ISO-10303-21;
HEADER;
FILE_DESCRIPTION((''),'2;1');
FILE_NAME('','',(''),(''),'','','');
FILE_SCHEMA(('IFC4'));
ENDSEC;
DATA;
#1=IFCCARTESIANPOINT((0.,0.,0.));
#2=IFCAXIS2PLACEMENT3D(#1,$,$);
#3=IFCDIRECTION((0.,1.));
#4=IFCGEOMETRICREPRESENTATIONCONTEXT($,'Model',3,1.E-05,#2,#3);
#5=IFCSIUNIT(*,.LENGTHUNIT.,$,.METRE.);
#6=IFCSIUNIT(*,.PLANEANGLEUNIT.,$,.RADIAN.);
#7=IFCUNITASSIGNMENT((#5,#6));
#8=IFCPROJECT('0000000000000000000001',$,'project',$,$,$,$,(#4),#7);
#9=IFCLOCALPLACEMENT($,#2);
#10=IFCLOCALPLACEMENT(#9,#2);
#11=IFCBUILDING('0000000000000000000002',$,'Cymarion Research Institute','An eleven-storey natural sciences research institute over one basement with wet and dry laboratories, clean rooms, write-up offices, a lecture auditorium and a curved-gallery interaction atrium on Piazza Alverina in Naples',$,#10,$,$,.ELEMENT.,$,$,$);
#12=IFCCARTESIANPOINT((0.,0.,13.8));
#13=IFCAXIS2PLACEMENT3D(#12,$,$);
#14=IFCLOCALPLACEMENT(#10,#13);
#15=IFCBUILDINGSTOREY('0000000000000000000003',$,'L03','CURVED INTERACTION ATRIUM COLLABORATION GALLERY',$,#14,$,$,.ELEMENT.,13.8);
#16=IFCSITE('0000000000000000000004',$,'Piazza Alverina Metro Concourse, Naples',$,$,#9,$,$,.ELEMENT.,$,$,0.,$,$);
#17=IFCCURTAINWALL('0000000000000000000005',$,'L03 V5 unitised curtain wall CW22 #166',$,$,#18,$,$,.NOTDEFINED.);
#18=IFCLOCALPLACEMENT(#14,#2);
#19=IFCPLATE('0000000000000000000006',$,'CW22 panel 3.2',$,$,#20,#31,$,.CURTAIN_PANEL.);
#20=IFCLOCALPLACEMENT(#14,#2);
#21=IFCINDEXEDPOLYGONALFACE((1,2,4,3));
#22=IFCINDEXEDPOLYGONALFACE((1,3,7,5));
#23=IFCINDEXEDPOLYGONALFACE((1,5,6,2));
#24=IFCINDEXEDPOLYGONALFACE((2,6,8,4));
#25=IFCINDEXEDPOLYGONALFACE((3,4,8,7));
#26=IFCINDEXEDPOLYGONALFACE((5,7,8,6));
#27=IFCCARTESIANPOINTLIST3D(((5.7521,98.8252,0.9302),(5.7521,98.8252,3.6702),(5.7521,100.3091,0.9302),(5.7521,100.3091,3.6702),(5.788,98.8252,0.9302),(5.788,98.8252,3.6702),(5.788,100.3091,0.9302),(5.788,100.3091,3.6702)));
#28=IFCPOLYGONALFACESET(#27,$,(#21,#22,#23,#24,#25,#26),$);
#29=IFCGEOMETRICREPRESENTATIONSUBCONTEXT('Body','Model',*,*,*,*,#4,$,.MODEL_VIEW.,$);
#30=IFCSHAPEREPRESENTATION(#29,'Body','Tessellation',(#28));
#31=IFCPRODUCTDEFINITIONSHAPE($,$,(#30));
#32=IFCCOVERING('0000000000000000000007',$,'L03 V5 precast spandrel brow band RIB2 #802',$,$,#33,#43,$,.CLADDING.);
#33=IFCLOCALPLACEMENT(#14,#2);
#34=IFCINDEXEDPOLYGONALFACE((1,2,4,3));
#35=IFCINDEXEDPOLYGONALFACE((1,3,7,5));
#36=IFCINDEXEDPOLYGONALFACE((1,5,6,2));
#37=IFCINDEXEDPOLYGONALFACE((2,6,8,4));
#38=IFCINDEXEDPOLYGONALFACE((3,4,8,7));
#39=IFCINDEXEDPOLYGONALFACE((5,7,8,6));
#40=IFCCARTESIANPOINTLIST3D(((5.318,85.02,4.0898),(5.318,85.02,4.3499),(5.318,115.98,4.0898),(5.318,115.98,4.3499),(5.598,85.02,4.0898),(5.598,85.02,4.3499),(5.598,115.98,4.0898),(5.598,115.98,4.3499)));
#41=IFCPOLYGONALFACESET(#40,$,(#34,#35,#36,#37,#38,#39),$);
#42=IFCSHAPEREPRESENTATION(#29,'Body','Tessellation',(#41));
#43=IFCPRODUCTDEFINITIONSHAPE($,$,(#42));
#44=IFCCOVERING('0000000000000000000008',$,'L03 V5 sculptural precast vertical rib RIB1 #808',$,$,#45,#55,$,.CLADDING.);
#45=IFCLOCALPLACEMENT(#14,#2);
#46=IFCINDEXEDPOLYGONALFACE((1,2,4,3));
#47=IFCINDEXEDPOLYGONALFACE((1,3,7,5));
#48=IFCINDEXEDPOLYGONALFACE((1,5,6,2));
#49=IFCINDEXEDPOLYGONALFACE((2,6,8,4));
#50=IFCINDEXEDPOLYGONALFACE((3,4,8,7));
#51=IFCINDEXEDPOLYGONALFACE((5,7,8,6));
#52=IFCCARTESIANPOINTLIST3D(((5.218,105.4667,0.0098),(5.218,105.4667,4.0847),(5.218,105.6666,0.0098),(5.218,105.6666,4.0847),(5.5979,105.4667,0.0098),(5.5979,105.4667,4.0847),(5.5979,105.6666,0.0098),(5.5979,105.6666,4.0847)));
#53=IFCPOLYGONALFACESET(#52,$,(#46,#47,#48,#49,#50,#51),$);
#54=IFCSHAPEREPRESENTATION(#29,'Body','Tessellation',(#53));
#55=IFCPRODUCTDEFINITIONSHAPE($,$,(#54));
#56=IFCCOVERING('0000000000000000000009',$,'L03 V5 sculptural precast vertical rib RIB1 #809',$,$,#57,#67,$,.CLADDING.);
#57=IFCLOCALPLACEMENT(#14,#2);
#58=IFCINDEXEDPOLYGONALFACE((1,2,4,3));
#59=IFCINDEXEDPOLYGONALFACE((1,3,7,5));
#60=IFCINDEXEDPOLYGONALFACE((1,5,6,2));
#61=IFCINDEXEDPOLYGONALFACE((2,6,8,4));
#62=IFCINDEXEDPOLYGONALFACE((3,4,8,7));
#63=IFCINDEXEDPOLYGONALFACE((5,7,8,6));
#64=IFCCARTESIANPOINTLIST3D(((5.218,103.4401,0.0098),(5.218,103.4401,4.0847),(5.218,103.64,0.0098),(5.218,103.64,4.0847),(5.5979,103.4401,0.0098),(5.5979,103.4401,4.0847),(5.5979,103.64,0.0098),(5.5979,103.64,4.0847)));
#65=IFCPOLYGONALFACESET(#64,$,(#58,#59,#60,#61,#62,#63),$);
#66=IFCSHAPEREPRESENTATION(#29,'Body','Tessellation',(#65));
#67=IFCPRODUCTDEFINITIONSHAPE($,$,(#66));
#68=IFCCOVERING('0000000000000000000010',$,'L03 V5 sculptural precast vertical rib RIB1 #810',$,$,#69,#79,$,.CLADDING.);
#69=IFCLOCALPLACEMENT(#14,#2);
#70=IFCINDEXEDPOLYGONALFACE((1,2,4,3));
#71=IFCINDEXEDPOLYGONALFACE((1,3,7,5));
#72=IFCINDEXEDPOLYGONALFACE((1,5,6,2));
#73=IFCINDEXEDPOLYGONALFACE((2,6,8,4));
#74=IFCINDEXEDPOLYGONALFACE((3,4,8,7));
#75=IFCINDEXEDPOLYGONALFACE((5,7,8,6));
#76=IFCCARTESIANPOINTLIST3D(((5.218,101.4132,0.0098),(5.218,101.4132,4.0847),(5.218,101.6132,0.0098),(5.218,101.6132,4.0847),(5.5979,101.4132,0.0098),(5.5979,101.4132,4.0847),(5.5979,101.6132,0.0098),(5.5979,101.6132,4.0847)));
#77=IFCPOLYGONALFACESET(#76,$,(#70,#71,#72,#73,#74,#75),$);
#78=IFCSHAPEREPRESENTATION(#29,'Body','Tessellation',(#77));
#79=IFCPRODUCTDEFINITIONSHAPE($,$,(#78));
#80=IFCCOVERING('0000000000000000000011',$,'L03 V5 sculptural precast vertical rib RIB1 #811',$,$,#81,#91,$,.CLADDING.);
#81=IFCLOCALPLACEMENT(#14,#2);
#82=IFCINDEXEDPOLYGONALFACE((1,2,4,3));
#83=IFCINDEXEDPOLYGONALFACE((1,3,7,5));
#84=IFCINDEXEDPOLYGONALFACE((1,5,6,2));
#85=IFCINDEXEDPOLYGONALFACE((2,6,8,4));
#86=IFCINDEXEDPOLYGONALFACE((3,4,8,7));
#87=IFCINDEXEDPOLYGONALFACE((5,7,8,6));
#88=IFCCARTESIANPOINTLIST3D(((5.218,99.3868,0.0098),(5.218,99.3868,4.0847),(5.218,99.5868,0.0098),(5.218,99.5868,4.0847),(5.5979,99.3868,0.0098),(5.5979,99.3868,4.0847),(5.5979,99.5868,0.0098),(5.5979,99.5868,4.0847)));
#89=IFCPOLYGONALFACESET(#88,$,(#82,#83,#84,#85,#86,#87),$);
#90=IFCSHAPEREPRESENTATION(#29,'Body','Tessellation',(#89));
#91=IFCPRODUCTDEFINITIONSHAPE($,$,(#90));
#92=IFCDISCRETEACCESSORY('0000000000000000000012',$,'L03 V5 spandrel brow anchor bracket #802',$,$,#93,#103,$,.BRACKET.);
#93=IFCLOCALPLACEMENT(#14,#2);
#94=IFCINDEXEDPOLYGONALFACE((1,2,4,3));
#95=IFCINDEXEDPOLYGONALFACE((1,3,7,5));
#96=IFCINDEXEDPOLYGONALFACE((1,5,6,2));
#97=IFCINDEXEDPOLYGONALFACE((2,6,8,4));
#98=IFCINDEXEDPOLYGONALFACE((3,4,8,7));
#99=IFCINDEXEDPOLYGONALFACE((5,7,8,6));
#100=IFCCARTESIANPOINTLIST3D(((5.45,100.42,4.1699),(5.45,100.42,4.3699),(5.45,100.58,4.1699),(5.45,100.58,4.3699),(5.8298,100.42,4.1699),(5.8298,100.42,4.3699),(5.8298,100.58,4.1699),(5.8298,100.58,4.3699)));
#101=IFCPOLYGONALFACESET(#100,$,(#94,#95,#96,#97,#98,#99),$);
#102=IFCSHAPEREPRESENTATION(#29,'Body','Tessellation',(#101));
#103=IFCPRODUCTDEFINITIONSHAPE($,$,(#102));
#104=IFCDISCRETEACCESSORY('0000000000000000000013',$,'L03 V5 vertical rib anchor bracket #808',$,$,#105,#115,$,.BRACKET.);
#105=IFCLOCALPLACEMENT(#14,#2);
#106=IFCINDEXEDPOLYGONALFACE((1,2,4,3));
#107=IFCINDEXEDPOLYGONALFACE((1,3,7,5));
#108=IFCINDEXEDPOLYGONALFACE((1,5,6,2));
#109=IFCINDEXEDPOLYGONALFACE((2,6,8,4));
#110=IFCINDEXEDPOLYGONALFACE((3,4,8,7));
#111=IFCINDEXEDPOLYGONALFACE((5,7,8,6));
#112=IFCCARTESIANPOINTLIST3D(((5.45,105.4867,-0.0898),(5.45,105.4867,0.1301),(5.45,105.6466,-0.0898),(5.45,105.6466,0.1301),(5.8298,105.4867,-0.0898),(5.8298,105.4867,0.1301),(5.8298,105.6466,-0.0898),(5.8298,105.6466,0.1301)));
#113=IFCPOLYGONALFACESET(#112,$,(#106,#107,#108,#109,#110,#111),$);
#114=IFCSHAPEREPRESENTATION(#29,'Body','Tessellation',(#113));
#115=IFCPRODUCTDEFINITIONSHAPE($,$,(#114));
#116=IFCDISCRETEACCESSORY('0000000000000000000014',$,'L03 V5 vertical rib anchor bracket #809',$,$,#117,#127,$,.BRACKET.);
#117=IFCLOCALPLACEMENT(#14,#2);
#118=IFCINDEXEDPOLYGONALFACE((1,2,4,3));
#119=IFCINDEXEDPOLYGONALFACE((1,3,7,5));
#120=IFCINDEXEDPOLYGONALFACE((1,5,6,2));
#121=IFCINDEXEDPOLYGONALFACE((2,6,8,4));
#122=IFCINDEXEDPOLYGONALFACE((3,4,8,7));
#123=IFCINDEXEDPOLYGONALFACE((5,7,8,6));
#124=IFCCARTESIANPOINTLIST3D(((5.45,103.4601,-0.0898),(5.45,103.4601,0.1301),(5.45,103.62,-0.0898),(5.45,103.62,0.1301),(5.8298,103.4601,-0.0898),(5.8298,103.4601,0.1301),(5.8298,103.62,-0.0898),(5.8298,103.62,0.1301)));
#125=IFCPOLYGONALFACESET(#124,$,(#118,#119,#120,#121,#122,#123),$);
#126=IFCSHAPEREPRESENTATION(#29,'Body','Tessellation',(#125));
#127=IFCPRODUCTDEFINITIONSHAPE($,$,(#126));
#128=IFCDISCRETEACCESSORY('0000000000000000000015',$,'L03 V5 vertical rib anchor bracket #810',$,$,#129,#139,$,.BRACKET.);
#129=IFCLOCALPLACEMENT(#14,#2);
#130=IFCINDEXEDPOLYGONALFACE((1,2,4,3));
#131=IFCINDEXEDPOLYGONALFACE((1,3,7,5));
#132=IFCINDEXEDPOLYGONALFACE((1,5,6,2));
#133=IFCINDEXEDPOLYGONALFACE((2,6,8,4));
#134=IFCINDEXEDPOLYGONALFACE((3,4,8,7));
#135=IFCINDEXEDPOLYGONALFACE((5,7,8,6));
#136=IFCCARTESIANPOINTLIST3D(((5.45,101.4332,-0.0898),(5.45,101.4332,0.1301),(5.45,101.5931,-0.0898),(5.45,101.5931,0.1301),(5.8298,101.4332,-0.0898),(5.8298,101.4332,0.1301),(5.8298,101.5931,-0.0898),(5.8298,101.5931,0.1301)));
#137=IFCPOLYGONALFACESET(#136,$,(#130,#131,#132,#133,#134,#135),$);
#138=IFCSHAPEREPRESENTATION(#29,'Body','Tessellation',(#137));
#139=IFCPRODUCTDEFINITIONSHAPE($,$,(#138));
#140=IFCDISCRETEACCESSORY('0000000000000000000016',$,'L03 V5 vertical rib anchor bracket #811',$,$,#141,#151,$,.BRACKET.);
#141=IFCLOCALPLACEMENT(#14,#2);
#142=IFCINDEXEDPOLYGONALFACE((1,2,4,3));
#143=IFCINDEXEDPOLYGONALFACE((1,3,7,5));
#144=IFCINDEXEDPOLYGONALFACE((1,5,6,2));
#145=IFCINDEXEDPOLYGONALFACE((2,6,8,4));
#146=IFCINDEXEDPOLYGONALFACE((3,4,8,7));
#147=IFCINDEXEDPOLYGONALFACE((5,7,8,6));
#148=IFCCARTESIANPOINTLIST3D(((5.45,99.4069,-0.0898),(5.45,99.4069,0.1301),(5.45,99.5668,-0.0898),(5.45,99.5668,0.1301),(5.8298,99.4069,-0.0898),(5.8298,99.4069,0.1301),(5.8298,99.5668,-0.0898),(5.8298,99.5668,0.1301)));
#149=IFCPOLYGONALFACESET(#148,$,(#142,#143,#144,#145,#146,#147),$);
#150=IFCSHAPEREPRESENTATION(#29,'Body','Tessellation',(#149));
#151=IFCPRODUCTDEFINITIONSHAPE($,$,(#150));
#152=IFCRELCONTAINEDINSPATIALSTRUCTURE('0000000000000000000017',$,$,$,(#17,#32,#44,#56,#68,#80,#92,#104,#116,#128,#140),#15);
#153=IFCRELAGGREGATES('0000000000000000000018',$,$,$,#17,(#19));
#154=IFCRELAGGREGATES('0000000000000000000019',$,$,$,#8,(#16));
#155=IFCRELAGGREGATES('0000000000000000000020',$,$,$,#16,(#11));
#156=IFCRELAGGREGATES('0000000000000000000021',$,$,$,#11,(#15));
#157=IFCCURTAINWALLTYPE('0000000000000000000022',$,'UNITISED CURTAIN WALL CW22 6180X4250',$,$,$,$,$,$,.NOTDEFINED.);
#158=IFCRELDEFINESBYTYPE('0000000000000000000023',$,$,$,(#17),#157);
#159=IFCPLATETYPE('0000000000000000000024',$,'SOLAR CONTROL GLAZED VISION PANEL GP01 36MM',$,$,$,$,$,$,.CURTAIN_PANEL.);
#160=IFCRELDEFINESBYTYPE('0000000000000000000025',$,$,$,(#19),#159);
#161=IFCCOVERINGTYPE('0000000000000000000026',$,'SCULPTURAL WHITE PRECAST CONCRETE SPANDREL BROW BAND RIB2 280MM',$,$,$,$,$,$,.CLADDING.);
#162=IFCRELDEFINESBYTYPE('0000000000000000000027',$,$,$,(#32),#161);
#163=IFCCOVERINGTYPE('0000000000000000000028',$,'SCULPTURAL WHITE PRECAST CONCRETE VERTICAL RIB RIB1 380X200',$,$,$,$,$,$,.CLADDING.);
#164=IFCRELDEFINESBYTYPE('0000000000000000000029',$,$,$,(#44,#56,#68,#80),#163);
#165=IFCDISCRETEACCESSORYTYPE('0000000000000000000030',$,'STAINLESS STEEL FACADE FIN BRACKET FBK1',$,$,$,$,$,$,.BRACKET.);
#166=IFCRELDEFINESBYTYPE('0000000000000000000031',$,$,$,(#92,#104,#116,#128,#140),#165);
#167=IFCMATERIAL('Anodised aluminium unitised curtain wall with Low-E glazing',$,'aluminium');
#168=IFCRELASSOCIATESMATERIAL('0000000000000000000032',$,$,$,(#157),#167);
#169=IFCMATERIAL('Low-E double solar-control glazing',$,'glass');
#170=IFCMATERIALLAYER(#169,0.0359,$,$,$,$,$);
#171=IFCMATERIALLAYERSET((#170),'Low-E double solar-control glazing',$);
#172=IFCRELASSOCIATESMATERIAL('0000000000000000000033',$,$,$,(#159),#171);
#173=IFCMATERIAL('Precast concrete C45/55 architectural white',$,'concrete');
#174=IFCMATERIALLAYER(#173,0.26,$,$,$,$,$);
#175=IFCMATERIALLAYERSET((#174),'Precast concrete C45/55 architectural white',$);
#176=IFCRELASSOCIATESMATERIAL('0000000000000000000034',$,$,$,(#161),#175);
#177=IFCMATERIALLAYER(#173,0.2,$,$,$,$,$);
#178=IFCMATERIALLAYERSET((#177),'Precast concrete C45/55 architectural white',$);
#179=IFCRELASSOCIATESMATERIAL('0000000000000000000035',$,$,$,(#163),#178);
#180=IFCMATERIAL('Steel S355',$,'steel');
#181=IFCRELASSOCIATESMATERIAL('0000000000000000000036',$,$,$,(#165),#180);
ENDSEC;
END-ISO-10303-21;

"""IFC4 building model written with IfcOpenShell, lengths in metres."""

from ifc_helpers import new_model, si_unit, direction, frame, origin, origin_2d, place, context, subcontext, project, spatial, rectangle, extrude, material, layer, layer_set, type_object, element, aggregate, save


model = new_model("IFC4")

# Units and contexts
model_context = context("Model", 3, precision=1e-05, world=origin(), true_north=direction((0.0, 1.0)))
body_context = subcontext(model_context, "Body", "Model", "MODEL_VIEW")
ifc_project = project(units=[si_unit("LENGTHUNIT", "METRE"), si_unit("PLANEANGLEUNIT", "RADIAN")], contexts=[model_context])

# Site, building, storey
site_placement = place(None, origin())
site = spatial("IfcSite", under=ifc_project, at=site_placement, Name="Piazza Alverina Metro Concourse, Naples", CompositionType="ELEMENT", RefElevation=0.0)
building_placement = place(site_placement, origin())
building = spatial("IfcBuilding", under=site, at=building_placement, Name="Cymarion Research Institute", Description="An eleven-storey natural sciences research institute over one basement with wet and dry laboratories, clean rooms, write-up offices, a lecture auditorium and a curved-gallery interaction atrium on Piazza Alverina in Naples", CompositionType="ELEMENT")
storey_placement = place(building_placement, frame((0.0, 0.0, 13.8)))
storey = spatial("IfcBuildingStorey", under=building, at=storey_placement, Name="L03", Description="CURVED INTERACTION ATRIUM COLLABORATION GALLERY", CompositionType="ELEMENT", Elevation=13.8)

# Curtain wall, plate
ifc_material_1 = material(Name="Anodised aluminium unitised curtain wall with Low-E glazing", Category="aluminium")
curtain_wall_type = type_object("IfcCurtainWallType", Name="UNITISED CURTAIN WALL CW22 6180X4250", PredefinedType="NOTDEFINED", material=ifc_material_1)
curtain_wall_placement = place(storey_placement, origin())
curtain_wall = element("IfcCurtainWall", 1, at=curtain_wall_placement, inside=storey, type_object=curtain_wall_type, Name="L03 V5 unitised curtain wall CW22 #166", PredefinedType="NOTDEFINED")
ifc_material_2 = material(Name="Low-E double solar-control glazing", Category="glass")
ifc_layer_1 = layer(ifc_material_2, 0.0359)
ifc_layer_set_1 = layer_set([ifc_layer_1], Name="Low-E double solar-control glazing")
plate_type_1 = type_object("IfcPlateType", Name="SOLAR CONTROL GLAZED VISION PANEL GP01 36MM", PredefinedType="CURTAIN_PANEL", material=ifc_layer_set_1)
plate_1_placement = place(storey_placement, frame((5.77, 99.5671, 0.9302), z_axis=(0.0, 0.0, 1.0), x_axis=(0.0, -1.0, 0.0)))
plate_1 = element("IfcPlate", 2, at=plate_1_placement, type_object=plate_type_1, Name="CW22 panel 3.2", PredefinedType="CURTAIN_PANEL", context=body_context, shape_type="SweptSolid", body=[
    extrude(rectangle(XDim=1.4839, YDim=0.0359, at=origin_2d()), origin(), (0.0, 0.0, 1.0), 2.74),
])
aggregate(curtain_wall, [plate_1])

# Coverings
ifc_material_3 = material(Name="Precast concrete C45/55 architectural white", Category="concrete")
ifc_layer_2 = layer(ifc_material_3, 0.26)
ifc_layer_set_2 = layer_set([ifc_layer_2], Name="Precast concrete C45/55 architectural white")
covering_type_1 = type_object("IfcCoveringType", Name="SCULPTURAL WHITE PRECAST CONCRETE SPANDREL BROW BAND RIB2 280MM", PredefinedType="CLADDING", material=ifc_layer_set_2)
covering_placement = place(storey_placement, frame((5.458, 100.5, 4.0898), z_axis=(0.0, 0.0, 1.0), x_axis=(-1.0, 0.0, 0.0)))
element("IfcCovering", 3, at=covering_placement, inside=storey, type_object=covering_type_1, Name="L03 V5 precast spandrel brow band RIB2 #802", PredefinedType="CLADDING", context=body_context, shape_type="SweptSolid", body=[
    extrude(rectangle(XDim=0.28, YDim=30.96, at=origin_2d()), origin(), (0.0, 0.0, 1.0), 0.26),
])
ifc_layer_3 = layer(ifc_material_3, 0.2)
ifc_layer_set_3 = layer_set([ifc_layer_3], Name="Precast concrete C45/55 architectural white")
covering_type_2 = type_object("IfcCoveringType", Name="SCULPTURAL WHITE PRECAST CONCRETE VERTICAL RIB RIB1 380X200", PredefinedType="CLADDING", material=ifc_layer_set_3)
for number, where, z_axis, x_axis, name in (
    (4, (5.408, 105.5667, 0.0098), (0.0, 0.0, 1.0), (-1.0, 0.0, 0.0), "L03 V5 sculptural precast vertical rib RIB1 #808"),
    (5, (5.408, 103.54, 0.0098), (0.0, 0.0, 1.0), (-1.0, 0.0, 0.0), "L03 V5 sculptural precast vertical rib RIB1 #809"),
    (6, (5.408, 101.5132, 0.0098), (0.0, 0.0, 1.0), (-1.0, 0.0, 0.0), "L03 V5 sculptural precast vertical rib RIB1 #810"),
    (7, (5.408, 99.4868, 0.0098), (0.0, 0.0, 1.0), (-1.0, 0.0, 0.0), "L03 V5 sculptural precast vertical rib RIB1 #811"),
):
    element("IfcCovering", number, at=place(storey_placement, frame(where, z_axis=z_axis, x_axis=x_axis)), inside=storey, type_object=covering_type_2, Name=name, PredefinedType="CLADDING", context=body_context, shape_type="SweptSolid", body=[
        extrude(rectangle(XDim=0.3799, YDim=0.2, at=origin_2d()), origin(), (0.0, 0.0, 1.0), 4.075),
    ])

# Discrete accessories
ifc_material_4 = material(Name="Steel S355", Category="steel")
discrete_accessory_type = type_object("IfcDiscreteAccessoryType", Name="STAINLESS STEEL FACADE FIN BRACKET FBK1", PredefinedType="BRACKET", material=ifc_material_4)
discrete_accessory_placement = place(storey_placement, frame((5.6399, 100.5, 4.1699), z_axis=(0.0, 0.0, 1.0), x_axis=(-1.0, 0.0, 0.0)))
element("IfcDiscreteAccessory", 8, at=discrete_accessory_placement, inside=storey, type_object=discrete_accessory_type, Name="L03 V5 spandrel brow anchor bracket #802", PredefinedType="BRACKET", context=body_context, shape_type="SweptSolid", body=[
    extrude(rectangle(XDim=0.3799, YDim=0.1599, at=origin_2d()), origin(), (0.0, 0.0, 1.0), 0.2),
])
for number, where, z_axis, x_axis, name in (
    (9, (5.6399, 105.5667, -0.0898), (0.0, 0.0, 1.0), (-1.0, 0.0, 0.0), "L03 V5 vertical rib anchor bracket #808"),
    (10, (5.6399, 103.54, -0.0898), (0.0, 0.0, 1.0), (-1.0, 0.0, 0.0), "L03 V5 vertical rib anchor bracket #809"),
    (11, (5.6399, 101.5132, -0.0898), (0.0, 0.0, 1.0), (-1.0, 0.0, 0.0), "L03 V5 vertical rib anchor bracket #810"),
    (12, (5.6399, 99.4868, -0.0898), (0.0, 0.0, 1.0), (-1.0, 0.0, 0.0), "L03 V5 vertical rib anchor bracket #811"),
):
    element("IfcDiscreteAccessory", number, at=place(storey_placement, frame(where, z_axis=z_axis, x_axis=x_axis)), inside=storey, type_object=discrete_accessory_type, Name=name, PredefinedType="BRACKET", context=body_context, shape_type="SweptSolid", body=[
        extrude(rectangle(XDim=0.3799, YDim=0.1599, at=origin_2d()), origin(), (0.0, 0.0, 1.0), 0.22),
    ])

save(model, "model.ifc")
